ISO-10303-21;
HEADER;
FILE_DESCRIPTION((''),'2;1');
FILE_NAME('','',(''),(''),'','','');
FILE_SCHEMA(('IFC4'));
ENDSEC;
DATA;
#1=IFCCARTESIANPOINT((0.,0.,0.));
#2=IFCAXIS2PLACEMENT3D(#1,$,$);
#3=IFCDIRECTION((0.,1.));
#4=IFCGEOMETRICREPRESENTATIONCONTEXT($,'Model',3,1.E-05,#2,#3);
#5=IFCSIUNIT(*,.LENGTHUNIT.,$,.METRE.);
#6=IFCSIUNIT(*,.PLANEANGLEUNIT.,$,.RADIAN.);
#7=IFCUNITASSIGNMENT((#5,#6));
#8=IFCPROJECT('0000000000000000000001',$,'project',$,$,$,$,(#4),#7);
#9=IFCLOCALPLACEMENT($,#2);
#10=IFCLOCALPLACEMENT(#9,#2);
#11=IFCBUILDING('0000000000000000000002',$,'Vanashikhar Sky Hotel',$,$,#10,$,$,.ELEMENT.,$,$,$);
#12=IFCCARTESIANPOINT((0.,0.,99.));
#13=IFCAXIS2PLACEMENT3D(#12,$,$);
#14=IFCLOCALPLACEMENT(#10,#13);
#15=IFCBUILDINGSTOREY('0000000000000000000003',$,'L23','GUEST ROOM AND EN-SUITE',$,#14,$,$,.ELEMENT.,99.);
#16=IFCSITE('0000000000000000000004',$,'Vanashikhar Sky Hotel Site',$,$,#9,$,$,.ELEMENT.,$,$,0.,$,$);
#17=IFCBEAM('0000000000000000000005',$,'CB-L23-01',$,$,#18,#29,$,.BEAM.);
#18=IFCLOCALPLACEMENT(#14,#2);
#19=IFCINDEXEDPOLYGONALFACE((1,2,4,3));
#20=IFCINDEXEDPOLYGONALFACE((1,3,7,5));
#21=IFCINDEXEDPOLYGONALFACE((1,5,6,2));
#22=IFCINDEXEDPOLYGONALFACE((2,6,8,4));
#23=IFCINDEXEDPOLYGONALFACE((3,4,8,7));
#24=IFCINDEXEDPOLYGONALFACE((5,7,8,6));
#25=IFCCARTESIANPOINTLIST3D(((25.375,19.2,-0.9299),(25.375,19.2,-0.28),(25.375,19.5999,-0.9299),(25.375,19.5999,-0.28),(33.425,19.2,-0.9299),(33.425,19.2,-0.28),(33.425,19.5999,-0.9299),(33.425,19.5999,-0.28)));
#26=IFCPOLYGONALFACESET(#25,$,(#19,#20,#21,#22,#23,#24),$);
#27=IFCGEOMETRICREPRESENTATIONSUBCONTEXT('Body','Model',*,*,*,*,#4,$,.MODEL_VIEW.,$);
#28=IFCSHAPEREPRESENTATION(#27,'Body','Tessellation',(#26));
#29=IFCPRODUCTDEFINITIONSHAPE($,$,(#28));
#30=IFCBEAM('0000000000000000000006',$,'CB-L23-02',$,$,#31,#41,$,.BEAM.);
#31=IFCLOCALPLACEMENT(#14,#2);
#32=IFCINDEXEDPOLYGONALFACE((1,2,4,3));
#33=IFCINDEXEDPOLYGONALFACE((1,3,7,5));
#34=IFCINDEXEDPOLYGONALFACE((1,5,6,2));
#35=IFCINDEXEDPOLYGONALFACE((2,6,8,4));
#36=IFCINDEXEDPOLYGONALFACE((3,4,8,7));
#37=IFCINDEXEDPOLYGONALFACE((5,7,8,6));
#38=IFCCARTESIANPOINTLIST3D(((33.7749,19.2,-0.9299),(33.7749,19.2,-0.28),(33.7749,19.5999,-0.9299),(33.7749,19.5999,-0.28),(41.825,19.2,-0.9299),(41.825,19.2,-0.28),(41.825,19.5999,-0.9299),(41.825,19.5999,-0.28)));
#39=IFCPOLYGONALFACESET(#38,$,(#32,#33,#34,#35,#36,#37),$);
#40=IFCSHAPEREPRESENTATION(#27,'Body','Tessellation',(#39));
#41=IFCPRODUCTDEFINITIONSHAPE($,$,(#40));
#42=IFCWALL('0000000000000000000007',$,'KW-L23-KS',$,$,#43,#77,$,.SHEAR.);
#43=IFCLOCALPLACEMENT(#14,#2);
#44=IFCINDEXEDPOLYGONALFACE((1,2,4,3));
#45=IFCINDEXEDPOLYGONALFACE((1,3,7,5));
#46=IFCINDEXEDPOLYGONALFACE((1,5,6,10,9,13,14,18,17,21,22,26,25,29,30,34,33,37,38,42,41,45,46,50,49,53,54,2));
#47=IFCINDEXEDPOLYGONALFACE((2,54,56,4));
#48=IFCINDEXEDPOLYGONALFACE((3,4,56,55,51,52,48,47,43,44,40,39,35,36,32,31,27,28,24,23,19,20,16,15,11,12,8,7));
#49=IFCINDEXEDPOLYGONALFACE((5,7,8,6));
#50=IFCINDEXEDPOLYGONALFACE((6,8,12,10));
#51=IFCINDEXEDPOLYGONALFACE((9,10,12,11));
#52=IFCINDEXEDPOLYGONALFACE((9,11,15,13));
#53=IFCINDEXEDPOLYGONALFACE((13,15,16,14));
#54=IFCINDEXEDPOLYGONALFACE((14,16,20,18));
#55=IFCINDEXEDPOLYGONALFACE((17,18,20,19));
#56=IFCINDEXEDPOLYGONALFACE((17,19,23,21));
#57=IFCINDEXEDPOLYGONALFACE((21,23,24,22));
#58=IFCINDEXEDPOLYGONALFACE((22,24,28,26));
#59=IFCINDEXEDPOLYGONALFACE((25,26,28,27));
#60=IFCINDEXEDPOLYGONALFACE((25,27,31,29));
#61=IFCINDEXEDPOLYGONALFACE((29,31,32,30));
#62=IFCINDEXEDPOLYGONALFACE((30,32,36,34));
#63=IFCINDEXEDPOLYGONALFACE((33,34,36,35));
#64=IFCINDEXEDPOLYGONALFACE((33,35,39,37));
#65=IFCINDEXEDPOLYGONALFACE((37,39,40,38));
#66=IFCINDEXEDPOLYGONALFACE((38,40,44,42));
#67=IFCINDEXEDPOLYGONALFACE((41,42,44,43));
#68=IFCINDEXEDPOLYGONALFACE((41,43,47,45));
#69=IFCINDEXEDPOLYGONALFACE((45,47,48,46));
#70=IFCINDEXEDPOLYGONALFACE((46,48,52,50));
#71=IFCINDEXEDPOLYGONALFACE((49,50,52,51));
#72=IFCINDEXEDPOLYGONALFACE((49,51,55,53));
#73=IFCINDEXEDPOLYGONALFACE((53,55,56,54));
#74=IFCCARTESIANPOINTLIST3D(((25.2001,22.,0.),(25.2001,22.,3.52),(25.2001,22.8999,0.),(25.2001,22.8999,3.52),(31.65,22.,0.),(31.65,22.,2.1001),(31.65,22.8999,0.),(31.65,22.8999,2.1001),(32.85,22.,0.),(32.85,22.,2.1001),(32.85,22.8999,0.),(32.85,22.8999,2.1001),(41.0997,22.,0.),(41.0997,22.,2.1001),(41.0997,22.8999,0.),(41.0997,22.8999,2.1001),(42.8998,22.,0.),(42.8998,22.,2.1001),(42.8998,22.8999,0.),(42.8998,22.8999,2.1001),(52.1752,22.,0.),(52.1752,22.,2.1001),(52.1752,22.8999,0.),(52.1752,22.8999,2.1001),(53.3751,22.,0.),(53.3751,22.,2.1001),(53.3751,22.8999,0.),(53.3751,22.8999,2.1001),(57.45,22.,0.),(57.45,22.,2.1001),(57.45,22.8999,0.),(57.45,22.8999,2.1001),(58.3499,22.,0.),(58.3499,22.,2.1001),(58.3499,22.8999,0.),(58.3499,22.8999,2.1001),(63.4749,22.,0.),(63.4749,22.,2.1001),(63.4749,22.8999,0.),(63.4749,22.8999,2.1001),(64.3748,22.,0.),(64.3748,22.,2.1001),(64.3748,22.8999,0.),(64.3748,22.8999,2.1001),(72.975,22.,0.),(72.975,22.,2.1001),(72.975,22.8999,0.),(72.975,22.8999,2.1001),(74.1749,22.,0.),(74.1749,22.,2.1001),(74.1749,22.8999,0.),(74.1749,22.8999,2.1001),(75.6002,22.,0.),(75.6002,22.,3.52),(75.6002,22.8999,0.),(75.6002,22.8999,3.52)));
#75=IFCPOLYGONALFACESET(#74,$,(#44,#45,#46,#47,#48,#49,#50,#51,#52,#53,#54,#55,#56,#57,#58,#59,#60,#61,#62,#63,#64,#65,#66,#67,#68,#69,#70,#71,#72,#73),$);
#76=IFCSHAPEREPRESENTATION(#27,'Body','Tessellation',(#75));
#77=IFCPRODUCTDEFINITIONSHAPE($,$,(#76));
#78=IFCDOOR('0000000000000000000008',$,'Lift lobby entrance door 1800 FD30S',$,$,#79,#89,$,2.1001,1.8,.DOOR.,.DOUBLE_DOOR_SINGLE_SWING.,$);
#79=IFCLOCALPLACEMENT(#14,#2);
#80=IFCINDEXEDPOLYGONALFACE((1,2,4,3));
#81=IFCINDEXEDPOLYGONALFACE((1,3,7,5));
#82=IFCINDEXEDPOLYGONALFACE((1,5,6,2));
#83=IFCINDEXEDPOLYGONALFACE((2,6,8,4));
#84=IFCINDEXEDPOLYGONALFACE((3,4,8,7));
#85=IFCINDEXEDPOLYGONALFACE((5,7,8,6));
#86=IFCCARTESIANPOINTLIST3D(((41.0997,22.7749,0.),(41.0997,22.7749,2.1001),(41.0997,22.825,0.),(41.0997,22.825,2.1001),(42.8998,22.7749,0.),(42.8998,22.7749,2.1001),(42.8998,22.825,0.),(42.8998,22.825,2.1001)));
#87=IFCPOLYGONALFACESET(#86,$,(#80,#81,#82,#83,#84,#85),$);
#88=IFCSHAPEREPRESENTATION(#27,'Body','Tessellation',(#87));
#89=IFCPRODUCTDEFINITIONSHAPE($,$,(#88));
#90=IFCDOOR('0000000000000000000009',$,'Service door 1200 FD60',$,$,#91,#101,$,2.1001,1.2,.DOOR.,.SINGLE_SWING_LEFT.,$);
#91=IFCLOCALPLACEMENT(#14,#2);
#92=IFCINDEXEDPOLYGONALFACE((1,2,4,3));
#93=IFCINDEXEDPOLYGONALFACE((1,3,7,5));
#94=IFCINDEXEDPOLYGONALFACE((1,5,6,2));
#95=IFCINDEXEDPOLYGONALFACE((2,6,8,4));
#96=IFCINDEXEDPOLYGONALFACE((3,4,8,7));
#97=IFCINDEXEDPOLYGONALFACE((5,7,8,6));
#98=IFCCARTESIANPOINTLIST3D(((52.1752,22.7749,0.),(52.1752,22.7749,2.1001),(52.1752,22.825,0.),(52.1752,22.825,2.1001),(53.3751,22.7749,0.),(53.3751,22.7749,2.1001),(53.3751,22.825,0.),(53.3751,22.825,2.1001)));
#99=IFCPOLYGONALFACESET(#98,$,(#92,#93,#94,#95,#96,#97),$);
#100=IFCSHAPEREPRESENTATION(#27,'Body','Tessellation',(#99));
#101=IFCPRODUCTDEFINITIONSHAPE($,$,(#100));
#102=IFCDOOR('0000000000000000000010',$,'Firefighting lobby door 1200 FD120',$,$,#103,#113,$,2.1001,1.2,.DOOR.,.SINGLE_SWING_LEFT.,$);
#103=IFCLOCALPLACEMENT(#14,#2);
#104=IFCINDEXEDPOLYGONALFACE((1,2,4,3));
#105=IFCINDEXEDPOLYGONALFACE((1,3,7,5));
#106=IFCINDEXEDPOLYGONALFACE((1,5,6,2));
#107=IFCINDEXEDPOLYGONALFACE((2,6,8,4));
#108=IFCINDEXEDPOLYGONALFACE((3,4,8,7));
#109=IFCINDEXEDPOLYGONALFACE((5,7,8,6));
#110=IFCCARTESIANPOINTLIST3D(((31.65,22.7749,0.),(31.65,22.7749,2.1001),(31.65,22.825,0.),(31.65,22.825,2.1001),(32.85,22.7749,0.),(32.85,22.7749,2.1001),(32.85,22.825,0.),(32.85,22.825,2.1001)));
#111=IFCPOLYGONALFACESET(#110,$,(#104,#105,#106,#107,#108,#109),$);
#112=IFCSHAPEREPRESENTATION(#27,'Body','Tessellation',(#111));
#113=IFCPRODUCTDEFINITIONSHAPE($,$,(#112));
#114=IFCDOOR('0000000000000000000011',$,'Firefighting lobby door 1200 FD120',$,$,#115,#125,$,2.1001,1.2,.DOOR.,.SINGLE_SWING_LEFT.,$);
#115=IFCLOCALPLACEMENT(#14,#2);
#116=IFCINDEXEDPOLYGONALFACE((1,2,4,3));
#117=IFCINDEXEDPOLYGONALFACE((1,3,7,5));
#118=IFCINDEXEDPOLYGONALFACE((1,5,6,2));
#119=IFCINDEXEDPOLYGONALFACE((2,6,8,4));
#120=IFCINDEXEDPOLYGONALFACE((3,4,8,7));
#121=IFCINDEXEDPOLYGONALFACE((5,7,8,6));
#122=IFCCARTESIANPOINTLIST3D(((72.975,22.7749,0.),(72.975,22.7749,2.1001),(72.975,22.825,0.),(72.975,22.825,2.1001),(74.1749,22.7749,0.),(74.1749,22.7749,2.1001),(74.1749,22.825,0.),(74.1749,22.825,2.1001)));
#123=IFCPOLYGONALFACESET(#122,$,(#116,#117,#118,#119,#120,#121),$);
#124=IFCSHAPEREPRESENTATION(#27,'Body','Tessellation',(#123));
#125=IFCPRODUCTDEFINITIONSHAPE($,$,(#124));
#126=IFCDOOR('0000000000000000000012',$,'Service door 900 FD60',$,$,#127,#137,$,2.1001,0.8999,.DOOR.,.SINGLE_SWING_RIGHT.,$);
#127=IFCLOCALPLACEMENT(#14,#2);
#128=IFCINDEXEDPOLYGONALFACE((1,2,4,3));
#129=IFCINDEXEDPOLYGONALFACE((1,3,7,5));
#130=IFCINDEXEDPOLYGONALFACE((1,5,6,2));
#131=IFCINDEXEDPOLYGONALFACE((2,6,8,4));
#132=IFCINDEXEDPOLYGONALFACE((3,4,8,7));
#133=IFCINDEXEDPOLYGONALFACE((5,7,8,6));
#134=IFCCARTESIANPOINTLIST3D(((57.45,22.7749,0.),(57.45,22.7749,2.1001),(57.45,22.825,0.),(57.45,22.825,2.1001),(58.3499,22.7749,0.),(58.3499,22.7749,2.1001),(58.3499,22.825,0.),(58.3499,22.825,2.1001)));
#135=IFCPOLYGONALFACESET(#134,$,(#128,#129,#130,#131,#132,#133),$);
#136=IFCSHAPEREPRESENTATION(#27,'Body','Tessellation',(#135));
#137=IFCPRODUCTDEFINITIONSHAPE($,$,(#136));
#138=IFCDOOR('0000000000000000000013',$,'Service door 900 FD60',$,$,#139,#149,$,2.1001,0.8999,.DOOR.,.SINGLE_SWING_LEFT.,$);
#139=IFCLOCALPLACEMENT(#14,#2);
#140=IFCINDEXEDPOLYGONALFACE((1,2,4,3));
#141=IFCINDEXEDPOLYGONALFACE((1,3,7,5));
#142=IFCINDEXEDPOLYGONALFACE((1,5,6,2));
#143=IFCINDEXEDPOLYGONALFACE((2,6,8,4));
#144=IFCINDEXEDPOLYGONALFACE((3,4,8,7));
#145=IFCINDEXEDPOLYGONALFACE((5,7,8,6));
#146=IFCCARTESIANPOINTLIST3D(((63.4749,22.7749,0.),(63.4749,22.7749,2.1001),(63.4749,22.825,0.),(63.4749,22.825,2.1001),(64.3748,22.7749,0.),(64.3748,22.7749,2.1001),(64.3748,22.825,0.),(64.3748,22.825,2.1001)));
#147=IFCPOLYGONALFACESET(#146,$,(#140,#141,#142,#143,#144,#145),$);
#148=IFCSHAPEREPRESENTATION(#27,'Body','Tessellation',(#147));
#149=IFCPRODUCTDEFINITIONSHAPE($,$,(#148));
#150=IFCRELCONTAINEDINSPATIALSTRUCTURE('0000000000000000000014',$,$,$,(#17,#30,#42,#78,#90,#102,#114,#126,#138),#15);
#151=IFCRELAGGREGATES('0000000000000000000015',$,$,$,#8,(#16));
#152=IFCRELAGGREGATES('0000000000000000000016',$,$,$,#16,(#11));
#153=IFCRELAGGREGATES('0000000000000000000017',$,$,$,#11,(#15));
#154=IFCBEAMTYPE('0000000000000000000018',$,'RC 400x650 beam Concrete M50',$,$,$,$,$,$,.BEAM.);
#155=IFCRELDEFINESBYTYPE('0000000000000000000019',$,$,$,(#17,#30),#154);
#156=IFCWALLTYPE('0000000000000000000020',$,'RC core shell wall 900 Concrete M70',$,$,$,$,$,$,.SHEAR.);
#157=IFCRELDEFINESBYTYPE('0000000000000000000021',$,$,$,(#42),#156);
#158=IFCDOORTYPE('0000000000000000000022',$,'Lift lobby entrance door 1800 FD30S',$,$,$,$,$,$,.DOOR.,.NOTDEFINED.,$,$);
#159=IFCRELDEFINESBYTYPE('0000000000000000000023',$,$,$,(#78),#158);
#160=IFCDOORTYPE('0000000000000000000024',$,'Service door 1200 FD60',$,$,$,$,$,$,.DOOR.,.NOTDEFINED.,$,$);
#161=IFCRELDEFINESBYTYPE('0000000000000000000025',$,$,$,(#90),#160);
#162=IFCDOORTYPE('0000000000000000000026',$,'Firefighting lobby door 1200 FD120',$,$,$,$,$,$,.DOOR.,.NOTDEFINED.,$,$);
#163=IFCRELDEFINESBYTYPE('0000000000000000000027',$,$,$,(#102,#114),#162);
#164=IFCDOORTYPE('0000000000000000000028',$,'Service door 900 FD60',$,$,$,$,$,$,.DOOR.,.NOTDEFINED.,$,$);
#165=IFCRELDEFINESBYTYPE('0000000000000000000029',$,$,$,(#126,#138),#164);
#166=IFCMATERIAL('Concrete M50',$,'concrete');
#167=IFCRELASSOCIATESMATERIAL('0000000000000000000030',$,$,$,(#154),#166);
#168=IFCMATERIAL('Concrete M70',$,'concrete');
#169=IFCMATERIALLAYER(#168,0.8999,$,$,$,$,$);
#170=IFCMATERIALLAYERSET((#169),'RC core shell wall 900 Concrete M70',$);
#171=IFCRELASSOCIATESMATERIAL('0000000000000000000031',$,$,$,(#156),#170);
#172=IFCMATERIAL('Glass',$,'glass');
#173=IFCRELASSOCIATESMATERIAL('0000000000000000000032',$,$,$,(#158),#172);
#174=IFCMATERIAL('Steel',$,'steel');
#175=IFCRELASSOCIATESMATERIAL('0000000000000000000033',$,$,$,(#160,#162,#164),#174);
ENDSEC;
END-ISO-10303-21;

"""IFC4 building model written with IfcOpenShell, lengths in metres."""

from ifc_helpers import new_model, si_unit, direction, frame, frame_2d, origin, origin_2d, place, context, subcontext, project, spatial, rectangle, extrude, source, transform, mapped, material, layer, layer_set, material_profile, profile_set, type_object, element, fill, save


model = new_model("IFC4")

# Units and contexts
model_context = context("Model", 3, precision=1e-05, world=origin(), true_north=direction((0.0, 1.0)))
body_context = subcontext(model_context, "Body", "Model", "MODEL_VIEW")
ifc_project = project(units=[si_unit("LENGTHUNIT", "METRE"), si_unit("PLANEANGLEUNIT", "RADIAN")], contexts=[model_context])

# Site, building, storey
site_placement = place(None, origin())
site = spatial("IfcSite", under=ifc_project, at=site_placement, Name="Vanashikhar Sky Hotel Site", CompositionType="ELEMENT", RefElevation=0.0)
building_placement = place(site_placement, origin())
building = spatial("IfcBuilding", under=site, at=building_placement, Name="Vanashikhar Sky Hotel", CompositionType="ELEMENT")
storey_placement = place(building_placement, frame((0.0, 0.0, 99.0)))
storey = spatial("IfcBuildingStorey", under=building, at=storey_placement, Name="L23", Description="GUEST ROOM AND EN-SUITE", CompositionType="ELEMENT", Elevation=99.0)

# Beams
ifc_material_1 = material(Name="Concrete M50", Category="concrete")
ifc_material_profile = material_profile(ifc_material_1, rectangle(XDim=0.3999, YDim=0.6499, at=origin_2d()))
ifc_profile_set = profile_set([ifc_material_profile], Name="RC 400x650 beam Concrete M50")
beam_type = type_object("IfcBeamType", Name="RC 400x650 beam Concrete M50", PredefinedType="BEAM", material=ifc_profile_set)
shared_shape_1 = source(origin(), body_context, "Body", "SweptSolid", [
    extrude(rectangle(XDim=0.3999, YDim=0.6499, at=origin_2d()), origin(), (0.0, 0.0, 1.0), 8.05),
])
for number, where, z_axis, x_axis, name in (
    (1, (25.375, 19.3999, -0.605), (1.0, 0.0, 0.0), (0.0, 1.0, 0.0), "CB-L23-01"),
    (2, (33.7749, 19.3999, -0.605), (1.0, 0.0, 0.0), (0.0, 1.0, 0.0), "CB-L23-02"),
):
    element("IfcBeam", number, at=place(storey_placement, frame(where, z_axis=z_axis, x_axis=x_axis)), inside=storey, type_object=beam_type, Name=name, PredefinedType="BEAM", context=body_context, shape_type="MappedRepresentation", body=[
        mapped(shared_shape_1, transform((0.0, 0.0, 0.0), scale=1.0)),
    ])

# Wall, openings, doors
ifc_material_2 = material(Name="Concrete M70", Category="concrete")
ifc_layer_1 = layer(ifc_material_2, 0.8999)
ifc_layer_set_1 = layer_set([ifc_layer_1], Name="RC core shell wall 900 Concrete M70")
wall_type_1 = type_object("IfcWallType", Name="RC core shell wall 900 Concrete M70", PredefinedType="SHEAR", material=ifc_layer_set_1)
shared_shape_2 = source(origin(), body_context, "Body", "SweptSolid", [
    extrude(rectangle(XDim=50.4001, YDim=0.8999, at=frame_2d((25.2002, 0.0))), origin(), (0.0, 0.0, 1.0), 3.52),
])
wall_1_placement = place(storey_placement, frame((25.2, 22.45, 0.0), z_axis=(0.0, 0.0, 1.0), x_axis=(1.0, 0.0, 0.0)))
wall_1 = element("IfcWall", 3, at=wall_1_placement, inside=storey, type_object=wall_type_1, Name="KW-L23-KS", PredefinedType="SHEAR", context=body_context, shape_type="MappedRepresentation", body=[
    mapped(shared_shape_2, transform((0.0, 0.0, 0.0), scale=1.0)),
])
shared_shape_3 = source(origin(), body_context, "Body", "SweptSolid", [
    extrude(rectangle(XDim=1.8, YDim=2.1001, at=frame_2d((0.8999, 1.05))), frame((0.0, 0.46, 0.0), z_axis=(0.0, -1.0, 0.0), x_axis=(1.0, 0.0, 0.0)), (0.0, 0.0, 1.0), 0.9199),
])
opening_1_placement = place(wall_1_placement, frame((15.8999, 0.0, 0.0)))
opening_1 = element("IfcOpeningElement", 4, at=opening_1_placement, cuts=wall_1, PredefinedType="OPENING", context=body_context, shape_type="MappedRepresentation", body=[
    mapped(shared_shape_3, transform((0.0, 0.0, 0.0), scale=1.0)),
])
shared_shape_4 = source(origin(), body_context, "Body", "SweptSolid", [
    extrude(rectangle(XDim=1.2, YDim=2.1001, at=frame_2d((0.6001, 1.05))), frame((0.0, 0.46, 0.0), z_axis=(0.0, -1.0, 0.0), x_axis=(1.0, 0.0, 0.0)), (0.0, 0.0, 1.0), 0.9199),
])
opening_2_placement = place(wall_1_placement, frame((26.9751, 0.0, 0.0)))
opening_2 = element("IfcOpeningElement", 5, at=opening_2_placement, cuts=wall_1, PredefinedType="OPENING", context=body_context, shape_type="MappedRepresentation", body=[
    mapped(shared_shape_4, transform((0.0, 0.0, 0.0), scale=1.0)),
])
shared_shape_5 = source(origin(), body_context, "Body", "SweptSolid", [
    extrude(rectangle(XDim=0.8999, YDim=2.1001, at=frame_2d((0.45, 1.05))), frame((0.0, 0.46, 0.0), z_axis=(0.0, -1.0, 0.0), x_axis=(1.0, 0.0, 0.0)), (0.0, 0.0, 1.0), 0.9199),
])
opening_3_placement = place(wall_1_placement, frame((32.25, 0.0, 0.0)))
opening_3 = element("IfcOpeningElement", 6, at=opening_3_placement, cuts=wall_1, PredefinedType="OPENING", context=body_context, shape_type="MappedRepresentation", body=[
    mapped(shared_shape_5, transform((0.0, 0.0, 0.0), scale=1.0)),
])
opening_4_placement = place(wall_1_placement, frame((38.2749, 0.0, 0.0)))
opening_4 = element("IfcOpeningElement", 7, at=opening_4_placement, cuts=wall_1, PredefinedType="OPENING", context=body_context, shape_type="MappedRepresentation", body=[
    mapped(shared_shape_5, transform((0.0, 0.0, 0.0), scale=1.0)),
])
opening_5_placement = place(wall_1_placement, frame((6.45, 0.0, 0.0)))
opening_5 = element("IfcOpeningElement", 8, at=opening_5_placement, cuts=wall_1, PredefinedType="OPENING", context=body_context, shape_type="MappedRepresentation", body=[
    mapped(shared_shape_4, transform((0.0, 0.0, 0.0), scale=1.0)),
])
opening_6_placement = place(wall_1_placement, frame((47.7749, 0.0, 0.0)))
opening_6 = element("IfcOpeningElement", 9, at=opening_6_placement, cuts=wall_1, PredefinedType="OPENING", context=body_context, shape_type="MappedRepresentation", body=[
    mapped(shared_shape_4, transform((0.0, 0.0, 0.0), scale=1.0)),
])
ifc_material_3 = material(Name="Glass", Category="glass")
door_type_1 = type_object("IfcDoorType", Name="Lift lobby entrance door 1800 FD30S", OperationType="NOTDEFINED", PredefinedType="DOOR", material=ifc_material_3)
shared_shape_6 = source(origin(), body_context, "Body", "SweptSolid", [
    extrude(rectangle(XDim=1.8, YDim=2.1001, at=frame_2d((0.8999, 1.05))), frame((0.0, 0.375, 0.0), z_axis=(0.0, -1.0, 0.0), x_axis=(1.0, 0.0, 0.0)), (0.0, 0.0, 1.0), 0.05),
])
door_1_placement = place(opening_1_placement, origin())
door_1 = element("IfcDoor", 10, at=door_1_placement, inside=storey, type_object=door_type_1, Name="Lift lobby entrance door 1800 FD30S", OperationType="DOUBLE_DOOR_SINGLE_SWING", OverallHeight=2.1001, OverallWidth=1.8, PredefinedType="DOOR", context=body_context, shape_type="MappedRepresentation", body=[
    mapped(shared_shape_6, transform((0.0, 0.0, 0.0), scale=1.0)),
])
fill(opening_1, door_1)
ifc_material_4 = material(Name="Steel", Category="steel")
door_type_2 = type_object("IfcDoorType", Name="Service door 1200 FD60", OperationType="NOTDEFINED", PredefinedType="DOOR", material=ifc_material_4)
shared_shape_7 = source(origin(), body_context, "Body", "SweptSolid", [
    extrude(rectangle(XDim=1.2, YDim=2.1001, at=frame_2d((0.6001, 1.05))), frame((0.0, 0.375, 0.0), z_axis=(0.0, -1.0, 0.0), x_axis=(1.0, 0.0, 0.0)), (0.0, 0.0, 1.0), 0.05),
])
door_2_placement = place(opening_2_placement, origin())
door_2 = element("IfcDoor", 11, at=door_2_placement, inside=storey, type_object=door_type_2, Name="Service door 1200 FD60", OperationType="SINGLE_SWING_LEFT", OverallHeight=2.1001, OverallWidth=1.2, PredefinedType="DOOR", context=body_context, shape_type="MappedRepresentation", body=[
    mapped(shared_shape_7, transform((0.0, 0.0, 0.0), scale=1.0)),
])
fill(opening_2, door_2)
door_type_3 = type_object("IfcDoorType", Name="Firefighting lobby door 1200 FD120", OperationType="NOTDEFINED", PredefinedType="DOOR", material=ifc_material_4)
door_3_placement = place(opening_5_placement, origin())
door_3 = element("IfcDoor", 12, at=door_3_placement, inside=storey, type_object=door_type_3, Name="Firefighting lobby door 1200 FD120", OperationType="SINGLE_SWING_LEFT", OverallHeight=2.1001, OverallWidth=1.2, PredefinedType="DOOR", context=body_context, shape_type="MappedRepresentation", body=[
    mapped(shared_shape_7, transform((0.0, 0.0, 0.0), scale=1.0)),
])
fill(opening_5, door_3)
door_4_placement = place(opening_6_placement, origin())
door_4 = element("IfcDoor", 13, at=door_4_placement, inside=storey, type_object=door_type_3, Name="Firefighting lobby door 1200 FD120", OperationType="SINGLE_SWING_LEFT", OverallHeight=2.1001, OverallWidth=1.2, PredefinedType="DOOR", context=body_context, shape_type="MappedRepresentation", body=[
    mapped(shared_shape_7, transform((0.0, 0.0, 0.0), scale=1.0)),
])
fill(opening_6, door_4)
door_type_4 = type_object("IfcDoorType", Name="Service door 900 FD60", OperationType="NOTDEFINED", PredefinedType="DOOR", material=ifc_material_4)
shared_shape_8 = source(origin(), body_context, "Body", "SweptSolid", [
    extrude(rectangle(XDim=0.8999, YDim=2.1001, at=frame_2d((0.45, 1.05))), frame((0.0, 0.375, 0.0), z_axis=(0.0, -1.0, 0.0), x_axis=(1.0, 0.0, 0.0)), (0.0, 0.0, 1.0), 0.05),
])
door_5_placement = place(opening_3_placement, origin())
door_5 = element("IfcDoor", 14, at=door_5_placement, inside=storey, type_object=door_type_4, Name="Service door 900 FD60", OperationType="SINGLE_SWING_RIGHT", OverallHeight=2.1001, OverallWidth=0.8999, PredefinedType="DOOR", context=body_context, shape_type="MappedRepresentation", body=[
    mapped(shared_shape_8, transform((0.0, 0.0, 0.0), scale=1.0)),
])
fill(opening_3, door_5)
door_6_placement = place(opening_4_placement, origin())
door_6 = element("IfcDoor", 15, at=door_6_placement, inside=storey, type_object=door_type_4, Name="Service door 900 FD60", OperationType="SINGLE_SWING_LEFT", OverallHeight=2.1001, OverallWidth=0.8999, PredefinedType="DOOR", context=body_context, shape_type="MappedRepresentation", body=[
    mapped(shared_shape_8, transform((0.0, 0.0, 0.0), scale=1.0)),
])
fill(opening_4, door_6)

save(model, "model.ifc")
